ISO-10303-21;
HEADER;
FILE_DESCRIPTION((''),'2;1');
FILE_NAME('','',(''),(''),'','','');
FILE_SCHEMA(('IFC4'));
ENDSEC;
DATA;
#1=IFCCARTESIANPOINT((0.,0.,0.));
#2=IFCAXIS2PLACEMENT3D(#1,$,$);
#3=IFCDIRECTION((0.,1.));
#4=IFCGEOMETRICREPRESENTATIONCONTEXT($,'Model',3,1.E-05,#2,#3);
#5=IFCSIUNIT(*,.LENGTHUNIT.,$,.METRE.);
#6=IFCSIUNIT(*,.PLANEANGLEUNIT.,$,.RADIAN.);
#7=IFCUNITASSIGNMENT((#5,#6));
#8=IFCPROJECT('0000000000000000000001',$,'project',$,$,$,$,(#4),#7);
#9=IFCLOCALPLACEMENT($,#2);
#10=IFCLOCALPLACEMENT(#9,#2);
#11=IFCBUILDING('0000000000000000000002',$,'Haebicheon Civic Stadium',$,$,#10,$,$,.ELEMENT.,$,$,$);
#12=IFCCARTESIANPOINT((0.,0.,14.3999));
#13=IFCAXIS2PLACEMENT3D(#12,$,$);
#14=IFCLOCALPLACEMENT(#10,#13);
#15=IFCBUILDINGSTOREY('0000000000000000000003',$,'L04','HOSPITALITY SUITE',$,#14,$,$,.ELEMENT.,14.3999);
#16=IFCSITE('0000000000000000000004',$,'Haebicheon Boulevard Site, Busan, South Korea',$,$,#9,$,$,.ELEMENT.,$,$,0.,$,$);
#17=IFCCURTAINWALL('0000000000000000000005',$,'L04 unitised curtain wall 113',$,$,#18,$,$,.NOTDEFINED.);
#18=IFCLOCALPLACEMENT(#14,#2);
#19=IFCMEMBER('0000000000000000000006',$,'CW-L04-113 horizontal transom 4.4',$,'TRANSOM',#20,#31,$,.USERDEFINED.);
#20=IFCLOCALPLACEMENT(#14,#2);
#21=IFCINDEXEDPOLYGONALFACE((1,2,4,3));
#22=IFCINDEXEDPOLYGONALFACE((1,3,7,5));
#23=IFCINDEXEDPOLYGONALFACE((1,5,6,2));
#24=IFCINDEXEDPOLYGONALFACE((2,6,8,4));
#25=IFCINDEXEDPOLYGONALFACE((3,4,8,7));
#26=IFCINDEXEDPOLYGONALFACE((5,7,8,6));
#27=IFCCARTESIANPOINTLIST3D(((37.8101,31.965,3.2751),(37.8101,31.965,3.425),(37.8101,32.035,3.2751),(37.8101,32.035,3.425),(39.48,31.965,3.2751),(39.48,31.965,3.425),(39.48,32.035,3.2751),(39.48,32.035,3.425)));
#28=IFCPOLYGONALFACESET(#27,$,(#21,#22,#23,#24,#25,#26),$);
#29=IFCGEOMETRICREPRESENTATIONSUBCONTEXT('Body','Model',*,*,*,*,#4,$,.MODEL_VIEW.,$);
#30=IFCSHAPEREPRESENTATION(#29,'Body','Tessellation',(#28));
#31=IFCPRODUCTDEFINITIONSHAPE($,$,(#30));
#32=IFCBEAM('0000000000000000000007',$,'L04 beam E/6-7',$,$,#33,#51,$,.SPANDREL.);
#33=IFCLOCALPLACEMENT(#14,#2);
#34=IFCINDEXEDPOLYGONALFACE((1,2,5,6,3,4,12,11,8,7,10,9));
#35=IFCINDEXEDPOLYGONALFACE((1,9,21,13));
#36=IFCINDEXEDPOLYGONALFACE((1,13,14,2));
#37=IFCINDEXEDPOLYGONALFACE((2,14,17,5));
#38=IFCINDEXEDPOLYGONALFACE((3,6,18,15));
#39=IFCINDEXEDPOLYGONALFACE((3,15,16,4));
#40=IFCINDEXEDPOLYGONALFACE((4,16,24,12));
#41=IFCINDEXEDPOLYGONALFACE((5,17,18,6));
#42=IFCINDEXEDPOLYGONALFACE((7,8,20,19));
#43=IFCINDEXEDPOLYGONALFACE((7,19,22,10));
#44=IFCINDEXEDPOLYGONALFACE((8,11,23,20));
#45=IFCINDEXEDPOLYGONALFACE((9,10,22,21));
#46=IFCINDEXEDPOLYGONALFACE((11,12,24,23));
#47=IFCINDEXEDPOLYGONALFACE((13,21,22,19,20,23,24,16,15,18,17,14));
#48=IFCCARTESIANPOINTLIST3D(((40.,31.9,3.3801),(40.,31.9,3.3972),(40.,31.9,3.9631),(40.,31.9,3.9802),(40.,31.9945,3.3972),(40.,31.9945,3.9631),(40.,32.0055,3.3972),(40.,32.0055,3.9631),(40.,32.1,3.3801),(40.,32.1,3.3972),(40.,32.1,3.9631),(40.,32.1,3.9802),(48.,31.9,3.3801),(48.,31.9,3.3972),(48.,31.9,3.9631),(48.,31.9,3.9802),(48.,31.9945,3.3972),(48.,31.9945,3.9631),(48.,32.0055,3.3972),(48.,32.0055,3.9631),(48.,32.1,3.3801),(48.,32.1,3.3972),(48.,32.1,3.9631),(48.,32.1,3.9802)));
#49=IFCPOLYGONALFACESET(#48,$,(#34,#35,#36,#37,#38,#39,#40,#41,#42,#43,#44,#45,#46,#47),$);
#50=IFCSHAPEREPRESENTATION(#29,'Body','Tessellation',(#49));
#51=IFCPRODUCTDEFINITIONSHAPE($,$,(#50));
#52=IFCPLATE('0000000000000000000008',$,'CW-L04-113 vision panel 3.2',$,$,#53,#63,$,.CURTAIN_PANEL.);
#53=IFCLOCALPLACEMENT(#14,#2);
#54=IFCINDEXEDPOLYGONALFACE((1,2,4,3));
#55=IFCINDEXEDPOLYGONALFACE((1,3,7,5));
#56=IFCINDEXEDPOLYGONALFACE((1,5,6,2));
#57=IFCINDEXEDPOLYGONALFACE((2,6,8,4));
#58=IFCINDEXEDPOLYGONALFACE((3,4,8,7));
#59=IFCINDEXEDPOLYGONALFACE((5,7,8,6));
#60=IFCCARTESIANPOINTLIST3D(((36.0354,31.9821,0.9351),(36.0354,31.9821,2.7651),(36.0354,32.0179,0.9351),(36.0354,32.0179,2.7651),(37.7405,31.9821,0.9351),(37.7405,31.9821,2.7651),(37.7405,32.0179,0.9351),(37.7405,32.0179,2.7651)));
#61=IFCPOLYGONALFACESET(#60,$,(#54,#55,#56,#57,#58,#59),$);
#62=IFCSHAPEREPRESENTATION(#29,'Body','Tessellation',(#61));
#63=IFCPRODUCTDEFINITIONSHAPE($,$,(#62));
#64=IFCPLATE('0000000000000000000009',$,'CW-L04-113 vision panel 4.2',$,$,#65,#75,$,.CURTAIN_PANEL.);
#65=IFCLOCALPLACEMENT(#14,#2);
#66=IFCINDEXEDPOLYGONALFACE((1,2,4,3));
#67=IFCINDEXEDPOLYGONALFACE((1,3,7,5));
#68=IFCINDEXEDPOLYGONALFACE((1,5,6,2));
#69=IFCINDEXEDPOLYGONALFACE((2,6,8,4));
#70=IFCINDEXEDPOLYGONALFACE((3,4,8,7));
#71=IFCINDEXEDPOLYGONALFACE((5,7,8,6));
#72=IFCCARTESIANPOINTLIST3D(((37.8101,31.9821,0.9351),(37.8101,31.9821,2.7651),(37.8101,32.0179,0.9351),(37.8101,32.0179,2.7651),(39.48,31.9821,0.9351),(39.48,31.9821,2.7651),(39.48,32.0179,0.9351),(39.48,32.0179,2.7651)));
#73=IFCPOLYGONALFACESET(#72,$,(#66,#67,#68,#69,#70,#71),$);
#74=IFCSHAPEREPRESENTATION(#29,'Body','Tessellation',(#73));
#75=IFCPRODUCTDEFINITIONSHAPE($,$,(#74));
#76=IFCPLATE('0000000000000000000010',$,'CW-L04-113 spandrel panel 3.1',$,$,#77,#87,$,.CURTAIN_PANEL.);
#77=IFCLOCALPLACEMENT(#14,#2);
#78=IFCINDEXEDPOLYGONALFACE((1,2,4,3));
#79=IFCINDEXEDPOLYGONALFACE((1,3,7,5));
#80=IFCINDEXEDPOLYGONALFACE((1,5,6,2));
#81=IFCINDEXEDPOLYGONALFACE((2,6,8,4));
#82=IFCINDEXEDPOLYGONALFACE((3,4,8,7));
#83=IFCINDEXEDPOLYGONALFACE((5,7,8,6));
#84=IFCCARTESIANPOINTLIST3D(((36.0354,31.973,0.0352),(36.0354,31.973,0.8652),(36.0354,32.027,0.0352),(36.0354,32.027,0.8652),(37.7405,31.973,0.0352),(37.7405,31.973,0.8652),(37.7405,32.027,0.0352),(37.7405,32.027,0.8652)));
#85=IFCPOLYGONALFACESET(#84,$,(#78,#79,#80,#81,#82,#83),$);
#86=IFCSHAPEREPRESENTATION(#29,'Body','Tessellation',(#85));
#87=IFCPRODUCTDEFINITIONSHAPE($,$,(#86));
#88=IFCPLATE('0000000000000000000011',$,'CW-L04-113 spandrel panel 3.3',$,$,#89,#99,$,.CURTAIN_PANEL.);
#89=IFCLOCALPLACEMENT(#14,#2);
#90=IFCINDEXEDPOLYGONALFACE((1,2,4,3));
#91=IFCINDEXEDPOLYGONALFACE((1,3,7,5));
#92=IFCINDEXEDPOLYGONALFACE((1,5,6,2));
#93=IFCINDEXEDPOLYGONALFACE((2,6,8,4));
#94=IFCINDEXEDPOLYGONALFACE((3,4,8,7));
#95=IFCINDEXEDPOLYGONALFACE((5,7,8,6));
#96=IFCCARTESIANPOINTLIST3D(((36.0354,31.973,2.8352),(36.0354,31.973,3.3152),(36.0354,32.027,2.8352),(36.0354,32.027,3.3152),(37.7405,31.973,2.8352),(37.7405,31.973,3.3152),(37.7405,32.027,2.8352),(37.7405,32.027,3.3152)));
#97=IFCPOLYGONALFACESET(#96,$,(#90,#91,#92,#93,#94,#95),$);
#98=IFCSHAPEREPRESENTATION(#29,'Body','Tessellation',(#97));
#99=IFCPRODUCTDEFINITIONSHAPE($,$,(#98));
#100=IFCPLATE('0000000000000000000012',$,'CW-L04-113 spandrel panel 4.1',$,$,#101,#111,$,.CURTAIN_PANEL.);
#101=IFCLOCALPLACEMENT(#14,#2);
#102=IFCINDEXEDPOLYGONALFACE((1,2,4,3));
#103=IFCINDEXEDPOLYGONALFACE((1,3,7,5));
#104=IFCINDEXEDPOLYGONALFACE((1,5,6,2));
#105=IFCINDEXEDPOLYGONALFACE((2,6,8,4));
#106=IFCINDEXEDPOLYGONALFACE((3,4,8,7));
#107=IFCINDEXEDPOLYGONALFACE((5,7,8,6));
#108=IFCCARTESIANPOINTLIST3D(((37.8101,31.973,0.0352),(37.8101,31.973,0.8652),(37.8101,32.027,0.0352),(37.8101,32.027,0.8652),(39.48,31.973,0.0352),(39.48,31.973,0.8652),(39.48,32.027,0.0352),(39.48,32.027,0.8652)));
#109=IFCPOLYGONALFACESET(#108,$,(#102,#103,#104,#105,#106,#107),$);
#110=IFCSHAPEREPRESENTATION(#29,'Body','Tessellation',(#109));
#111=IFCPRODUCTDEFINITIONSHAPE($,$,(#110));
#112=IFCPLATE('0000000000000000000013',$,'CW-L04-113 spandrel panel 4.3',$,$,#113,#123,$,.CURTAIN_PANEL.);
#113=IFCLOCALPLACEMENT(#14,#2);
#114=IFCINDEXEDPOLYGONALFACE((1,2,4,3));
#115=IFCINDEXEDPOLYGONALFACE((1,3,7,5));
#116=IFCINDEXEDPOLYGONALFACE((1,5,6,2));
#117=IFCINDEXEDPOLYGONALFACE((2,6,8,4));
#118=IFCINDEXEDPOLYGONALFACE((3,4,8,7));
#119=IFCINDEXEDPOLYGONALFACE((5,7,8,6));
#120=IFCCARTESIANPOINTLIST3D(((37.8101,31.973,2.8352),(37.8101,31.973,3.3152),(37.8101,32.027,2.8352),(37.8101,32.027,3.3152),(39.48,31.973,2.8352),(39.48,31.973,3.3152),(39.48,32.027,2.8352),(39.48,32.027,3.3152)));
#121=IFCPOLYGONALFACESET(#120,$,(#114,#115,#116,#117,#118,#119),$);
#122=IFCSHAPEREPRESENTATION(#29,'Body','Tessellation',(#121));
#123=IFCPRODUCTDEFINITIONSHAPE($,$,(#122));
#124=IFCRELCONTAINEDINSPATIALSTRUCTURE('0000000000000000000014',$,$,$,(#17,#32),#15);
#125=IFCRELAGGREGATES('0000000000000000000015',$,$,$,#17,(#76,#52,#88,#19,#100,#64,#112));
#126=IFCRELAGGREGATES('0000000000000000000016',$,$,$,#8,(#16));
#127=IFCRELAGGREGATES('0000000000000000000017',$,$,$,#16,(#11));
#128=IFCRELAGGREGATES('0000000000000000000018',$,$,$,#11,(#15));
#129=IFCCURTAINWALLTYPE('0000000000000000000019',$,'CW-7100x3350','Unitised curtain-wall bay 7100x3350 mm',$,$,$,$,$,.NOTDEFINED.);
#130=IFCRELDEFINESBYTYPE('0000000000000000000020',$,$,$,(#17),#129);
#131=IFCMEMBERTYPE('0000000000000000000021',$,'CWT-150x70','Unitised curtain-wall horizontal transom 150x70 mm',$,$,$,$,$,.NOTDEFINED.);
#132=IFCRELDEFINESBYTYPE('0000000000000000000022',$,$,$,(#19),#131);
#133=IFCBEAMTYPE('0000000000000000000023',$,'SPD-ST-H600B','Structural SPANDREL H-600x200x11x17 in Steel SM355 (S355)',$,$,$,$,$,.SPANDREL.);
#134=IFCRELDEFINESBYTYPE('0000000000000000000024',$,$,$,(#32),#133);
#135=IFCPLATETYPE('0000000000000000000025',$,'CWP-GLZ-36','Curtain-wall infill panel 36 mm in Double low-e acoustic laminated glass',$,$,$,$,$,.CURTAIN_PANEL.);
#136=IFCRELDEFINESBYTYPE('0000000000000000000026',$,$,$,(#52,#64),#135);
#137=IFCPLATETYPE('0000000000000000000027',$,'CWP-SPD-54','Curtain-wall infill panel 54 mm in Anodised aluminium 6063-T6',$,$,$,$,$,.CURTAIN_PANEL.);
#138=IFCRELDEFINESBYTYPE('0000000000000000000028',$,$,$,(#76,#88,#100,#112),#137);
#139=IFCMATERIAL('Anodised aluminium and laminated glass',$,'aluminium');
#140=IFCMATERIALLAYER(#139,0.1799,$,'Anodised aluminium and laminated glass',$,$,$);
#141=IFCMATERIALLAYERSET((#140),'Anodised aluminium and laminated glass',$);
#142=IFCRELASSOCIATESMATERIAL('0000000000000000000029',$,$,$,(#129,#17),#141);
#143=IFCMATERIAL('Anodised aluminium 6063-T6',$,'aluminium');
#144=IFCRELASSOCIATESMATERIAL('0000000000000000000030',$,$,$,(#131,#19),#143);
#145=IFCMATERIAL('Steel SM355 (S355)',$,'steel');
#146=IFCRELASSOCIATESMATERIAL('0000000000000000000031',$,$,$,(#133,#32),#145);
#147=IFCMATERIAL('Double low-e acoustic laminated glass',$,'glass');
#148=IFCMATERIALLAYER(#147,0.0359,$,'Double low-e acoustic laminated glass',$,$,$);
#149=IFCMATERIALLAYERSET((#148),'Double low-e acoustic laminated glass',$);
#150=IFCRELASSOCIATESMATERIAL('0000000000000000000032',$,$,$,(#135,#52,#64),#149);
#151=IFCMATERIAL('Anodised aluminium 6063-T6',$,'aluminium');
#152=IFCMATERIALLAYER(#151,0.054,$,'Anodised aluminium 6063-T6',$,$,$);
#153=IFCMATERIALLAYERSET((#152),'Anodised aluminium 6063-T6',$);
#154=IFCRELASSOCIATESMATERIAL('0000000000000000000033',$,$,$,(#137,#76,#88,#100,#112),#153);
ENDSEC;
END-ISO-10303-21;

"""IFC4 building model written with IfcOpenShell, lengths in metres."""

from ifc_helpers import new_model, si_unit, direction, frame, origin, origin_2d, place, context, subcontext, project, spatial, rectangle, i_section, extrude, material, layer, layer_set, material_profile, profile_set, type_object, element, aggregate, save


model = new_model("IFC4")

# Units and contexts
model_context = context("Model", 3, precision=1e-05, world=origin(), true_north=direction((0.0, 1.0)))
body_context = subcontext(model_context, "Body", "Model", "MODEL_VIEW")
ifc_project = project(units=[si_unit("LENGTHUNIT", "METRE"), si_unit("PLANEANGLEUNIT", "RADIAN")], contexts=[model_context])

# Site, building, storey
site_placement = place(None, origin())
site = spatial("IfcSite", under=ifc_project, at=site_placement, Name="Haebicheon Boulevard Site, Busan, South Korea", CompositionType="ELEMENT", RefElevation=0.0)
building_placement = place(site_placement, origin())
building = spatial("IfcBuilding", under=site, at=building_placement, Name="Haebicheon Civic Stadium", CompositionType="ELEMENT")
storey_placement = place(building_placement, frame((0.0, 0.0, 14.3999)))
storey = spatial("IfcBuildingStorey", under=building, at=storey_placement, Name="L04", Description="HOSPITALITY SUITE", CompositionType="ELEMENT", Elevation=14.3999)

# Curtain wall, member
ifc_material_1 = material(Name="Anodised aluminium and laminated glass", Category="aluminium")
ifc_layer_1 = layer(ifc_material_1, 0.1799, Name="Anodised aluminium and laminated glass")
ifc_layer_set_1 = layer_set([ifc_layer_1], Name="Anodised aluminium and laminated glass")
curtain_wall_type = type_object("IfcCurtainWallType", Name="CW-7100x3350", Description="Unitised curtain-wall bay 7100x3350 mm", PredefinedType="NOTDEFINED", material=ifc_layer_set_1)
curtain_wall_placement = place(storey_placement, origin())
curtain_wall = element("IfcCurtainWall", 1, at=curtain_wall_placement, inside=storey, type_object=curtain_wall_type, material=ifc_layer_set_1, Name="L04 unitised curtain wall 113", PredefinedType="NOTDEFINED")
ifc_material_2 = material(Name="Anodised aluminium 6063-T6", Category="aluminium")
ifc_material_profile_1 = material_profile(ifc_material_2, rectangle(XDim=0.0701, YDim=0.1499, at=origin_2d()), Name="ALU-TRAN-70x150")
ifc_profile_set_1 = profile_set([ifc_material_profile_1], Name="Anodised aluminium 6063-T6")
member_type_1 = type_object("IfcMemberType", Name="CWT-150x70", Description="Unitised curtain-wall horizontal transom 150x70 mm", PredefinedType="NOTDEFINED", material=ifc_profile_set_1)
member_1_placement = place(storey_placement, frame((37.8101, 32.0, 3.3501), z_axis=(1.0, 0.0, 0.0), x_axis=(0.0, 1.0, 0.0)))
member_1 = element("IfcMember", 2, at=member_1_placement, type_object=member_type_1, material=ifc_profile_set_1, Name="CW-L04-113 horizontal transom 4.4", ObjectType="TRANSOM", PredefinedType="USERDEFINED", context=body_context, shape_type="SweptSolid", body=[
    extrude(rectangle(XDim=0.0701, YDim=0.1499, at=origin_2d()), origin(), (0.0, 0.0, 1.0), 1.6699),
])

# Beam
ifc_material_3 = material(Name="Steel SM355 (S355)", Category="steel")
ifc_material_profile_2 = material_profile(ifc_material_3, i_section(OverallWidth=0.2, OverallDepth=0.6001, WebThickness=0.011, FlangeThickness=0.0171, at=origin_2d()), Name="H-600x200x11x17")
ifc_profile_set_2 = profile_set([ifc_material_profile_2], Name="Steel SM355 (S355)")
beam_type_1 = type_object("IfcBeamType", Name="SPD-ST-H600B", Description="Structural SPANDREL H-600x200x11x17 in Steel SM355 (S355)", PredefinedType="SPANDREL", material=ifc_profile_set_2)
beam_1_placement = place(storey_placement, frame((40.0, 32.0, 3.6802), z_axis=(1.0, 0.0, 0.0), x_axis=(0.0, 1.0, 0.0)))
element("IfcBeam", 3, at=beam_1_placement, inside=storey, type_object=beam_type_1, material=ifc_profile_set_2, Name="L04 beam E/6-7", PredefinedType="SPANDREL", context=body_context, shape_type="SweptSolid", body=[
    extrude(i_section(OverallWidth=0.2, OverallDepth=0.6001, WebThickness=0.011, FlangeThickness=0.0171, at=origin_2d()), origin(), (0.0, 0.0, 1.0), 8.0),
])

# Plates
ifc_material_4 = material(Name="Double low-e acoustic laminated glass", Category="glass")
ifc_layer_2 = layer(ifc_material_4, 0.0359, Name="Double low-e acoustic laminated glass")
ifc_layer_set_2 = layer_set([ifc_layer_2], Name="Double low-e acoustic laminated glass")
plate_type_1 = type_object("IfcPlateType", Name="CWP-GLZ-36", Description="Curtain-wall infill panel 36 mm in Double low-e acoustic laminated glass", PredefinedType="CURTAIN_PANEL", material=ifc_layer_set_2)
plate_1_placement = place(storey_placement, frame((36.8879, 32.0, 0.9351), z_axis=(0.0, 0.0, 1.0), x_axis=(1.0, 0.0, 0.0)))
plate_1 = element("IfcPlate", 4, at=plate_1_placement, type_object=plate_type_1, material=ifc_layer_set_2, Name="CW-L04-113 vision panel 3.2", PredefinedType="CURTAIN_PANEL", context=body_context, shape_type="SweptSolid", body=[
    extrude(rectangle(XDim=1.7051, YDim=0.0359, at=origin_2d()), origin(), (0.0, 0.0, 1.0), 1.8301),
])
plate_2_placement = place(storey_placement, frame((38.645, 32.0, 0.9351), z_axis=(0.0, 0.0, 1.0), x_axis=(1.0, 0.0, 0.0)))
plate_2 = element("IfcPlate", 5, at=plate_2_placement, type_object=plate_type_1, material=ifc_layer_set_2, Name="CW-L04-113 vision panel 4.2", PredefinedType="CURTAIN_PANEL", context=body_context, shape_type="SweptSolid", body=[
    extrude(rectangle(XDim=1.6699, YDim=0.0359, at=origin_2d()), origin(), (0.0, 0.0, 1.0), 1.8301),
])
ifc_material_5 = material(Name="Anodised aluminium 6063-T6", Category="aluminium")
ifc_layer_3 = layer(ifc_material_5, 0.054, Name="Anodised aluminium 6063-T6")
ifc_layer_set_3 = layer_set([ifc_layer_3], Name="Anodised aluminium 6063-T6")
plate_type_2 = type_object("IfcPlateType", Name="CWP-SPD-54", Description="Curtain-wall infill panel 54 mm in Anodised aluminium 6063-T6", PredefinedType="CURTAIN_PANEL", material=ifc_layer_set_3)
plate_3_placement = place(storey_placement, frame((36.8879, 32.0, 0.0352), z_axis=(0.0, 0.0, 1.0), x_axis=(1.0, 0.0, 0.0)))
plate_3 = element("IfcPlate", 6, at=plate_3_placement, type_object=plate_type_2, material=ifc_layer_set_3, Name="CW-L04-113 spandrel panel 3.1", PredefinedType="CURTAIN_PANEL", context=body_context, shape_type="SweptSolid", body=[
    extrude(rectangle(XDim=1.7051, YDim=0.054, at=origin_2d()), origin(), (0.0, 0.0, 1.0), 0.8301),
])
plate_4_placement = place(storey_placement, frame((36.8879, 32.0, 2.8352), z_axis=(0.0, 0.0, 1.0), x_axis=(1.0, 0.0, 0.0)))
plate_4 = element("IfcPlate", 7, at=plate_4_placement, type_object=plate_type_2, material=ifc_layer_set_3, Name="CW-L04-113 spandrel panel 3.3", PredefinedType="CURTAIN_PANEL", context=body_context, shape_type="SweptSolid", body=[
    extrude(rectangle(XDim=1.7051, YDim=0.054, at=origin_2d()), origin(), (0.0, 0.0, 1.0), 0.48),
])
plate_5_placement = place(storey_placement, frame((38.645, 32.0, 0.0352), z_axis=(0.0, 0.0, 1.0), x_axis=(1.0, 0.0, 0.0)))
plate_5 = element("IfcPlate", 8, at=plate_5_placement, type_object=plate_type_2, material=ifc_layer_set_3, Name="CW-L04-113 spandrel panel 4.1", PredefinedType="CURTAIN_PANEL", context=body_context, shape_type="SweptSolid", body=[
    extrude(rectangle(XDim=1.6699, YDim=0.054, at=origin_2d()), origin(), (0.0, 0.0, 1.0), 0.8301),
])
plate_6_placement = place(storey_placement, frame((38.645, 32.0, 2.8352), z_axis=(0.0, 0.0, 1.0), x_axis=(1.0, 0.0, 0.0)))
plate_6 = element("IfcPlate", 9, at=plate_6_placement, type_object=plate_type_2, material=ifc_layer_set_3, Name="CW-L04-113 spandrel panel 4.3", PredefinedType="CURTAIN_PANEL", context=body_context, shape_type="SweptSolid", body=[
    extrude(rectangle(XDim=1.6699, YDim=0.054, at=origin_2d()), origin(), (0.0, 0.0, 1.0), 0.48),
])
aggregate(curtain_wall, [plate_3, plate_1, plate_4, member_1, plate_5, plate_2, plate_6])

save(model, "model.ifc")
